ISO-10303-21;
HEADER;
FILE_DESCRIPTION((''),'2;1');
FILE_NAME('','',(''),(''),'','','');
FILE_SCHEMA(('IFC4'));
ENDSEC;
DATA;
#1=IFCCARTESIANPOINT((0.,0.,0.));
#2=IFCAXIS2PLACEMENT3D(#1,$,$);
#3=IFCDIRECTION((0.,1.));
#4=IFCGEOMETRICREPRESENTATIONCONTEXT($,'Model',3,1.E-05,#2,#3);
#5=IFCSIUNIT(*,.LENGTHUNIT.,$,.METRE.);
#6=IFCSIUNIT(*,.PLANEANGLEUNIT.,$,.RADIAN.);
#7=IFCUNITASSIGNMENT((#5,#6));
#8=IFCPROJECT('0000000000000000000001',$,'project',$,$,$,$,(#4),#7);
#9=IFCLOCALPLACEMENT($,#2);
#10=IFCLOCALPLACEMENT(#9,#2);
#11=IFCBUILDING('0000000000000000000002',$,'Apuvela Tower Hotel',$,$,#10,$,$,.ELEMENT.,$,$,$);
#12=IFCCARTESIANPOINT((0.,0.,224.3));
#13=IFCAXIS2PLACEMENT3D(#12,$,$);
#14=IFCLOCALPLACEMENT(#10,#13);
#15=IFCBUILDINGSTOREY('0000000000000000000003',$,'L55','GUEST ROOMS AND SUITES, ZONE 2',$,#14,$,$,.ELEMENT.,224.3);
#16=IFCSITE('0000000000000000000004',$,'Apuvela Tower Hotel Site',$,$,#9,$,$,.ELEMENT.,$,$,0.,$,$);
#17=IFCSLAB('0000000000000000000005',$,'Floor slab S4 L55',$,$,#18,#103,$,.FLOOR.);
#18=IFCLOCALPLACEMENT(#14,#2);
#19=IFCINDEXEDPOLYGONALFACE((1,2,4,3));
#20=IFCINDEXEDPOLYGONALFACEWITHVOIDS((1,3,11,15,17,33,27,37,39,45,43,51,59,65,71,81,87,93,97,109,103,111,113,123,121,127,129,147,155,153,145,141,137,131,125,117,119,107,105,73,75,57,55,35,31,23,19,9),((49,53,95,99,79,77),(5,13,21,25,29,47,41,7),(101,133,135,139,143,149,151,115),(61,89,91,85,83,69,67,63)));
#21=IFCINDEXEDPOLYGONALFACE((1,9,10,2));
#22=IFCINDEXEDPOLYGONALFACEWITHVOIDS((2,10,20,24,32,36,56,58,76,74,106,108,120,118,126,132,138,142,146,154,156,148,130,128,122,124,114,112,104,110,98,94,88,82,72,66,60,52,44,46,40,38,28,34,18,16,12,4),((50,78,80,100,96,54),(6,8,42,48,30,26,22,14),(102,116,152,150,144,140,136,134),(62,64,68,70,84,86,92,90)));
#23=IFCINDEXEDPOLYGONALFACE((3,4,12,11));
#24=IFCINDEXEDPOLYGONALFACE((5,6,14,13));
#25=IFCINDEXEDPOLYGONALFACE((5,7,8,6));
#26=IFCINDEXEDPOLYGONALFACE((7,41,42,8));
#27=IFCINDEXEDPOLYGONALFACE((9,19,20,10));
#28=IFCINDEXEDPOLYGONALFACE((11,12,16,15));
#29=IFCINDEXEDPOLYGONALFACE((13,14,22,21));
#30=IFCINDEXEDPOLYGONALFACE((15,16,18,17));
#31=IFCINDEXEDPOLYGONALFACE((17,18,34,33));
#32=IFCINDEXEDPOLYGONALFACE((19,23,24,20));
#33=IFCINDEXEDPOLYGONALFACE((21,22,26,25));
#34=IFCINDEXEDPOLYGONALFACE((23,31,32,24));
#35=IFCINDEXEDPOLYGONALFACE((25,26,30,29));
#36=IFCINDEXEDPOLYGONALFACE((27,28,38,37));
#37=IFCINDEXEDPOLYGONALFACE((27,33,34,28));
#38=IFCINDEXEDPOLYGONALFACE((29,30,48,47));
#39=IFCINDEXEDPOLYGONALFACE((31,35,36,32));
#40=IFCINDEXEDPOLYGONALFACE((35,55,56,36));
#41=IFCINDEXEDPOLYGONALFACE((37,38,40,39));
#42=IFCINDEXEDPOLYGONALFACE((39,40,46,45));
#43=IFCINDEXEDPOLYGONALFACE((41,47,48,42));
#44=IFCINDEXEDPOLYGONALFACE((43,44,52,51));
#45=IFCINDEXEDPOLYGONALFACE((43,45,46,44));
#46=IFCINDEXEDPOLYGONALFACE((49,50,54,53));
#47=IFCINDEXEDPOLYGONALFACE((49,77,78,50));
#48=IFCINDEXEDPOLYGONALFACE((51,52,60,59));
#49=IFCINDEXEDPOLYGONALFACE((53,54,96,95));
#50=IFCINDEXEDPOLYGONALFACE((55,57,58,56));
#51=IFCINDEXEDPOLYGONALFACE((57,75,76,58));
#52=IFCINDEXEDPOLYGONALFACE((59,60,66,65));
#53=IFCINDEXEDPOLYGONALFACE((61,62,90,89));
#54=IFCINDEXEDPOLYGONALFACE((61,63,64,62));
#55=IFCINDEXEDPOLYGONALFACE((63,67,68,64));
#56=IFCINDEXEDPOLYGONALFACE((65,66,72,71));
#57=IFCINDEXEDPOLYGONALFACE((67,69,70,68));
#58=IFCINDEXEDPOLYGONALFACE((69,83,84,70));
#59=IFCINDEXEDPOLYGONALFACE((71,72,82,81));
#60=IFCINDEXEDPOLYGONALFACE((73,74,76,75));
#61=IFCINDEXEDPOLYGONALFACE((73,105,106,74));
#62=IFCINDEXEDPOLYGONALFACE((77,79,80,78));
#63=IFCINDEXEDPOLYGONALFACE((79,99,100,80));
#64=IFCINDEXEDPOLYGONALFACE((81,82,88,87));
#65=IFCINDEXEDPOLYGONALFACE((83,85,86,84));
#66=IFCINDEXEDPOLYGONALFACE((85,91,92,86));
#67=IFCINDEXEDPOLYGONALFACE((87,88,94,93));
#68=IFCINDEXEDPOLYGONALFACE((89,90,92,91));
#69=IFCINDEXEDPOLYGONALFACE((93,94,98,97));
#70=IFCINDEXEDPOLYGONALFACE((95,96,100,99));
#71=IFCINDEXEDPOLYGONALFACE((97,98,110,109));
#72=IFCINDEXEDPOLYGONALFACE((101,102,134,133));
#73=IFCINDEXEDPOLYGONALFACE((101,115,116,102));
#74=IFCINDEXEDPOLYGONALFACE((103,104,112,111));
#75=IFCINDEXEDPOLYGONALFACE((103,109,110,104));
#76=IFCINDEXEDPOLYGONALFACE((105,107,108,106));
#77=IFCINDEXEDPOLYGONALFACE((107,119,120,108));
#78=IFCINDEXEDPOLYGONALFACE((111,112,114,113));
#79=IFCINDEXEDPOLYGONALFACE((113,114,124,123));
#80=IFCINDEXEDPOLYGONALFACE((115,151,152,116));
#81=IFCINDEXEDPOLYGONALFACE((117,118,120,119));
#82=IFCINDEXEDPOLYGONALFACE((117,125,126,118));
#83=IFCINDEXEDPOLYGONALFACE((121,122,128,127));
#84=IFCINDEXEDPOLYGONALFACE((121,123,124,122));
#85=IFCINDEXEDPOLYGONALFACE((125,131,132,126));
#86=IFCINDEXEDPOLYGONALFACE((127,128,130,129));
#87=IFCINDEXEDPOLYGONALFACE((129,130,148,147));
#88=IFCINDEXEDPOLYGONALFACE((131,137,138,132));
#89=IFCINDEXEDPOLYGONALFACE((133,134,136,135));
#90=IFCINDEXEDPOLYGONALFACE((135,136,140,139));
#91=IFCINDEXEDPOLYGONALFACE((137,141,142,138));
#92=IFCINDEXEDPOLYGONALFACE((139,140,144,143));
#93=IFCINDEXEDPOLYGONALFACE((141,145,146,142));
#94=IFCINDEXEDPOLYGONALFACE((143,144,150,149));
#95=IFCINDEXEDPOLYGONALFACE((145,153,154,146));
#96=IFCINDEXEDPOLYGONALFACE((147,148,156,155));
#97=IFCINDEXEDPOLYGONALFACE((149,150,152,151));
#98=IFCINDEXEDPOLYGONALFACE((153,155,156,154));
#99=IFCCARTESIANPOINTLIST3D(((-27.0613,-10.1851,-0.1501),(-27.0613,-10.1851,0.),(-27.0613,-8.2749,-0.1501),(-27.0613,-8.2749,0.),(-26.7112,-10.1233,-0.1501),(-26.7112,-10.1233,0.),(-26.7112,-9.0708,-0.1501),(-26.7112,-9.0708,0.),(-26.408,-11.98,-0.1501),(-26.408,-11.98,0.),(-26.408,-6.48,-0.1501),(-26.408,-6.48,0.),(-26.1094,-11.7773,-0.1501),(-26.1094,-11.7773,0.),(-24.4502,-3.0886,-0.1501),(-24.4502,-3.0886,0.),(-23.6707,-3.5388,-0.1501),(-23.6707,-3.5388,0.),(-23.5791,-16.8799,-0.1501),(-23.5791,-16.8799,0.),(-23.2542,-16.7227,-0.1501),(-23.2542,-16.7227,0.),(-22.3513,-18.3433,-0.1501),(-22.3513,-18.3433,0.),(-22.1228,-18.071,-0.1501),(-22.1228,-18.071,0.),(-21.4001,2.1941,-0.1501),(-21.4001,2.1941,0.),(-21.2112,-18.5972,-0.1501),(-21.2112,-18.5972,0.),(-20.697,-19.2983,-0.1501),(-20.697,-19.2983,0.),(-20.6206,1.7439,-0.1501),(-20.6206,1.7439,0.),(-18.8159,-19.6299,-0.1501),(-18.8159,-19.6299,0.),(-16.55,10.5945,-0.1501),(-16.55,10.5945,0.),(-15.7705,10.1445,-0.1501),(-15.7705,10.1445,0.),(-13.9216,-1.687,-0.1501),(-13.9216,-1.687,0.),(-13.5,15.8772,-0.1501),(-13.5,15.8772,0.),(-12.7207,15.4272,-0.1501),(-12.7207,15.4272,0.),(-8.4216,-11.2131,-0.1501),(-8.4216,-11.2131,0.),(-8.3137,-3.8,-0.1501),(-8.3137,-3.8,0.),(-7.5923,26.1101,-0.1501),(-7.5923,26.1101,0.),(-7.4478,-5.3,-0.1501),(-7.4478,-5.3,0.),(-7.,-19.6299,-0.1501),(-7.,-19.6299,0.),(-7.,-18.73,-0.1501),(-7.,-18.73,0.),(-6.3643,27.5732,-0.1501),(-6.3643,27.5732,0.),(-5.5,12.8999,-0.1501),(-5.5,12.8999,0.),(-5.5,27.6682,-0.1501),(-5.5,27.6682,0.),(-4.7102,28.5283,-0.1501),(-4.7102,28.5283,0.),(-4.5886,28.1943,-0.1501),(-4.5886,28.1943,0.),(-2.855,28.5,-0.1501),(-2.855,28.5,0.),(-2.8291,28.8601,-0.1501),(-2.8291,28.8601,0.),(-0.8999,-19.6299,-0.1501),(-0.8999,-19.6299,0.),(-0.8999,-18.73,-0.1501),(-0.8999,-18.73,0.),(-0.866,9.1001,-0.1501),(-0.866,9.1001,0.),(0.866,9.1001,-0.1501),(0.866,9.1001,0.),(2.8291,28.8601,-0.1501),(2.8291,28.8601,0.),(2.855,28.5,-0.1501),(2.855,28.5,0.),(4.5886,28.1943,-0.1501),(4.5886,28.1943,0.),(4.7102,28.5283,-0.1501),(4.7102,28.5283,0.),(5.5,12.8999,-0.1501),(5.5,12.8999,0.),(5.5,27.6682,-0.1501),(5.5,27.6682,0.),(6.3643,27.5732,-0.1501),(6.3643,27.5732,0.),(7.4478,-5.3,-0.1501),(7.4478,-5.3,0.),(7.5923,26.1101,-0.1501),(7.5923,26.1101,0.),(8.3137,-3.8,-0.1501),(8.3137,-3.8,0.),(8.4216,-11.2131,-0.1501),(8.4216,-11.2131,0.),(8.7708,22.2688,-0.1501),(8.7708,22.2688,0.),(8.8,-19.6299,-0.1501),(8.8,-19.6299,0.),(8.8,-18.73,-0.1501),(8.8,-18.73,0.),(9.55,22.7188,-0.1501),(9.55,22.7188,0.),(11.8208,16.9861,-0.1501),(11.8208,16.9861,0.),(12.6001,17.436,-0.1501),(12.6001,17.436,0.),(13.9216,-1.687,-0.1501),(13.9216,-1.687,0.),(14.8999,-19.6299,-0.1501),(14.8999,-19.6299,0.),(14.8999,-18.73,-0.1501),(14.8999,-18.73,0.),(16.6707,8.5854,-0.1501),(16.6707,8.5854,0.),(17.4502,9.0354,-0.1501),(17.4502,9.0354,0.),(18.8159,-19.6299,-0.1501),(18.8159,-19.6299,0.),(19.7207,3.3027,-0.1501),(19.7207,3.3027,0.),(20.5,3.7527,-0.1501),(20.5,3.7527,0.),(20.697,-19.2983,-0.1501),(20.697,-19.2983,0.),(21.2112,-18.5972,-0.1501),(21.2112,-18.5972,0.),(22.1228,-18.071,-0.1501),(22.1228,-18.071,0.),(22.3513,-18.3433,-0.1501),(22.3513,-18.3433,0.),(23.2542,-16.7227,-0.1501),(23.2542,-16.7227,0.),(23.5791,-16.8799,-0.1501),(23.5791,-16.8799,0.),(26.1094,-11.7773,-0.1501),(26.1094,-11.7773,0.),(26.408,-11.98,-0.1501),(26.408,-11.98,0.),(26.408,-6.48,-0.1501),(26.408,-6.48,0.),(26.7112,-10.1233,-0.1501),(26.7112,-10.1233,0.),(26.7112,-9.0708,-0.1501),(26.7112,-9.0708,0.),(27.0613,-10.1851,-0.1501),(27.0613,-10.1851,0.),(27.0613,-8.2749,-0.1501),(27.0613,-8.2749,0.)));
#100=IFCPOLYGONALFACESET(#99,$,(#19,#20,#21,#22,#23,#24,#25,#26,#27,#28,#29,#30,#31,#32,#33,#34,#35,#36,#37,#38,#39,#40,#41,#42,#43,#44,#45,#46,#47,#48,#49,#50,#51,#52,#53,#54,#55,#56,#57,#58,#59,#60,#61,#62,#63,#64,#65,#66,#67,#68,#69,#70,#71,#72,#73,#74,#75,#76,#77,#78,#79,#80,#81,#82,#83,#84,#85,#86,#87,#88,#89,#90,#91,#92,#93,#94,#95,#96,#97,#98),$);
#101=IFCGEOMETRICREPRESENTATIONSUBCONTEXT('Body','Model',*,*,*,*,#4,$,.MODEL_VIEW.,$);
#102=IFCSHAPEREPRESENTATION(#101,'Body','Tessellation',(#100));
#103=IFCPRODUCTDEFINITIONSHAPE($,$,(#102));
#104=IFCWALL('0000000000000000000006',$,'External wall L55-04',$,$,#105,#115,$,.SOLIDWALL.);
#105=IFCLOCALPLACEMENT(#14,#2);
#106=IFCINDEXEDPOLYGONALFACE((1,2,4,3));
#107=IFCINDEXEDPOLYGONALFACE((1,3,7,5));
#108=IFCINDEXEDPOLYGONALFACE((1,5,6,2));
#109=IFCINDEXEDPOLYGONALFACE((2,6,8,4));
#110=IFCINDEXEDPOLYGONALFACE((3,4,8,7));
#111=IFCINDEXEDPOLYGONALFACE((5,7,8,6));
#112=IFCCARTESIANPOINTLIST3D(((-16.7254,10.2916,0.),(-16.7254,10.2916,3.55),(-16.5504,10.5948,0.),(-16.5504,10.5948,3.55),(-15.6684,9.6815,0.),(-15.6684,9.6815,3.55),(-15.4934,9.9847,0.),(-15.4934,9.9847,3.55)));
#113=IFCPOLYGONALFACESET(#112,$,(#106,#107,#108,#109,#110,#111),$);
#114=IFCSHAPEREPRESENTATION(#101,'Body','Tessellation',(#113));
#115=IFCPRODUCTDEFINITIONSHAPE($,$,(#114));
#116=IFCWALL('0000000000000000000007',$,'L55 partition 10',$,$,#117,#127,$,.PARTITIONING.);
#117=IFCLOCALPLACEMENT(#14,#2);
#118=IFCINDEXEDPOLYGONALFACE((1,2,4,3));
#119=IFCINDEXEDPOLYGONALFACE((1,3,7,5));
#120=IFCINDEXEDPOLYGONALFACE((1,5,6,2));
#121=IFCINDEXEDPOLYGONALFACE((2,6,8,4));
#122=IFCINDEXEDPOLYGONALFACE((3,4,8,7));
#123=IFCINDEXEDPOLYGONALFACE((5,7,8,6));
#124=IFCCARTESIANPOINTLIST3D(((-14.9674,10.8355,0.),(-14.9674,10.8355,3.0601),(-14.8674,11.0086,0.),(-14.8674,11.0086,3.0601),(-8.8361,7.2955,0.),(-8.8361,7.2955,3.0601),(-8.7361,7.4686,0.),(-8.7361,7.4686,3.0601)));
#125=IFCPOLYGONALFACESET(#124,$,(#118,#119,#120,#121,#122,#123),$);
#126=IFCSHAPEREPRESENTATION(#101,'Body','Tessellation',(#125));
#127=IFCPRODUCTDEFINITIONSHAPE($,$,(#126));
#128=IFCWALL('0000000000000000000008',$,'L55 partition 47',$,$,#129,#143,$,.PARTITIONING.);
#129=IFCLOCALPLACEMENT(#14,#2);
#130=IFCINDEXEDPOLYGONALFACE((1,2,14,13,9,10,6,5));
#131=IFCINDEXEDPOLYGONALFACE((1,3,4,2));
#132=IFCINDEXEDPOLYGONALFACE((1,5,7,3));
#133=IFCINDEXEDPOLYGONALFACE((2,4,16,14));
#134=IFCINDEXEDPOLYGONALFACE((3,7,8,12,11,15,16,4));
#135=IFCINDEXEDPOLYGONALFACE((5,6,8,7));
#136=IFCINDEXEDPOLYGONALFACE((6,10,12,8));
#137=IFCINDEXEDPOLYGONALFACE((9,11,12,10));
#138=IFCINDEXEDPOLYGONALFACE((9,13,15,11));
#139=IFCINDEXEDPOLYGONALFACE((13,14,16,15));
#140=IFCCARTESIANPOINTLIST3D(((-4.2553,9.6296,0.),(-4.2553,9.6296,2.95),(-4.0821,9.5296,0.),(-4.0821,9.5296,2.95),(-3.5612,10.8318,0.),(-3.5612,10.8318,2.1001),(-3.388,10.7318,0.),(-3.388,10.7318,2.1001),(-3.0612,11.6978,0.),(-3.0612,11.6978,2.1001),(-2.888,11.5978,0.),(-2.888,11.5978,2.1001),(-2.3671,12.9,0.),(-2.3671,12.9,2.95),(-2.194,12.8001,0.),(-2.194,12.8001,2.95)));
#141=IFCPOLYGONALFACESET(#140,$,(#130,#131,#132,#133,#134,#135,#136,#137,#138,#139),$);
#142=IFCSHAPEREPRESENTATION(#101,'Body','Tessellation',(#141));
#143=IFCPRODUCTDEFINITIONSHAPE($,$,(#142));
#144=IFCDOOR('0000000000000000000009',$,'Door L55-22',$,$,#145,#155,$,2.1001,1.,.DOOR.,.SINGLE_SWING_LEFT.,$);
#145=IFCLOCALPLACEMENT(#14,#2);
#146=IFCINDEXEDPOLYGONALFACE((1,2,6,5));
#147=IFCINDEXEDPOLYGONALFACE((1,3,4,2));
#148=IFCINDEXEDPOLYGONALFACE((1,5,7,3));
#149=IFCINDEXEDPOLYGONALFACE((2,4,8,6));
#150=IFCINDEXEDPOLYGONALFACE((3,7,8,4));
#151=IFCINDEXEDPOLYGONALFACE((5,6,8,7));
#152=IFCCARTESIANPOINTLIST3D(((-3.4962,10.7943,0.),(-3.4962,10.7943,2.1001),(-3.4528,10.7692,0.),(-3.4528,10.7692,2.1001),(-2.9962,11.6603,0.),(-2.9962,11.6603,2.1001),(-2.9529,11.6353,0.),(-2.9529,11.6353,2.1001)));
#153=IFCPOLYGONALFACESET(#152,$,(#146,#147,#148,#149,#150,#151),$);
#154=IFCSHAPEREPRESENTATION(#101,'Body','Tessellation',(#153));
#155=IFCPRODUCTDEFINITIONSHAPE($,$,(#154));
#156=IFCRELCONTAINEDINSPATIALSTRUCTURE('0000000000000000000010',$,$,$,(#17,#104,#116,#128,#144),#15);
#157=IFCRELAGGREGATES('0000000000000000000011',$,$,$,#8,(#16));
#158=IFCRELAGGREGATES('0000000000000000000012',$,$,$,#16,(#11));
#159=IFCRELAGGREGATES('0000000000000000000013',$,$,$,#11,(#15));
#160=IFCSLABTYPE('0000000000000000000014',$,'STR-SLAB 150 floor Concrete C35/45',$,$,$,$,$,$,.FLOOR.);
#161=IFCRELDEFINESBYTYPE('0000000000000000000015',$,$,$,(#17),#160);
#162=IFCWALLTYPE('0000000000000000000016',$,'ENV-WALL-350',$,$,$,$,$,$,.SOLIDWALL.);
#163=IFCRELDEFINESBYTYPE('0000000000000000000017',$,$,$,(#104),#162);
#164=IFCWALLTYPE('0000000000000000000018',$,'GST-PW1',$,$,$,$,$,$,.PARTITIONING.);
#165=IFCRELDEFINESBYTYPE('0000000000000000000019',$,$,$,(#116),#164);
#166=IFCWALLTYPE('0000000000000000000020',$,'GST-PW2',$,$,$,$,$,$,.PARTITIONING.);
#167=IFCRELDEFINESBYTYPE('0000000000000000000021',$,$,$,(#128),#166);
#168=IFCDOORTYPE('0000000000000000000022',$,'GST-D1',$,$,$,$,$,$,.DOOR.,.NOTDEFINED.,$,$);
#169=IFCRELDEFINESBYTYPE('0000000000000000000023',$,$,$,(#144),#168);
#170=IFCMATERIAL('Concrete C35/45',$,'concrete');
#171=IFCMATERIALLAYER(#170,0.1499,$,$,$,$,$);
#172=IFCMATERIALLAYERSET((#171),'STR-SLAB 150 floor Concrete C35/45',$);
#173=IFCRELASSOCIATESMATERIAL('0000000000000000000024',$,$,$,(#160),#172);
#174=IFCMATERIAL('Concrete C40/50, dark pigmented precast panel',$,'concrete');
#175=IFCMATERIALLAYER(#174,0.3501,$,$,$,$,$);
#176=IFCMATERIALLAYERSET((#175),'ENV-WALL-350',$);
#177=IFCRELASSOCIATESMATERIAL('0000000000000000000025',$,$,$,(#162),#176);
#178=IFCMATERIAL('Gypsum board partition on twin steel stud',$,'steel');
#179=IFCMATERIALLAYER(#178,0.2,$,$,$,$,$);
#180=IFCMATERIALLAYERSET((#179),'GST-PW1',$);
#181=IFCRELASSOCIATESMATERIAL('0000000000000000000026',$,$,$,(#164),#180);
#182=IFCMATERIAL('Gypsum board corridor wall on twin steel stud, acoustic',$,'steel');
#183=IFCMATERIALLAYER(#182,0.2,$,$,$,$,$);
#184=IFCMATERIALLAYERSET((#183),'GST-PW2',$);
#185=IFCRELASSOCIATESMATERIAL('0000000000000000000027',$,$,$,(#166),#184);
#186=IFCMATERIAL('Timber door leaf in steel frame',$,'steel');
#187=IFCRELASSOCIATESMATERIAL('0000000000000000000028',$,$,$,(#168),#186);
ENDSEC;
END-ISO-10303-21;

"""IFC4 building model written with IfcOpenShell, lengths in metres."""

from ifc_helpers import new_model, si_unit, direction, frame, frame_2d, origin, place, context, subcontext, project, spatial, polyline, rectangle, outline, extrude, material, layer, layer_set, type_object, element, fill, save


model = new_model("IFC4")

# Units and contexts
model_context = context("Model", 3, precision=1e-05, world=origin(), true_north=direction((0.0, 1.0)))
body_context = subcontext(model_context, "Body", "Model", "MODEL_VIEW")
ifc_project = project(units=[si_unit("LENGTHUNIT", "METRE"), si_unit("PLANEANGLEUNIT", "RADIAN")], contexts=[model_context])

# Site, building, storey
site_placement = place(None, origin())
site = spatial("IfcSite", under=ifc_project, at=site_placement, Name="Apuvela Tower Hotel Site", CompositionType="ELEMENT", RefElevation=0.0)
building_placement = place(site_placement, origin())
building = spatial("IfcBuilding", under=site, at=building_placement, Name="Apuvela Tower Hotel", CompositionType="ELEMENT")
storey_placement = place(building_placement, frame((0.0, 0.0, 224.3)))
storey = spatial("IfcBuildingStorey", under=building, at=storey_placement, Name="L55", Description="GUEST ROOMS AND SUITES, ZONE 2", CompositionType="ELEMENT", Elevation=224.3)

# Slab
ifc_material_1 = material(Name="Concrete C35/45", Category="concrete")
ifc_layer_1 = layer(ifc_material_1, 0.1499)
ifc_layer_set_1 = layer_set([ifc_layer_1], Name="STR-SLAB 150 floor Concrete C35/45")
slab_type_1 = type_object("IfcSlabType", Name="STR-SLAB 150 floor Concrete C35/45", PredefinedType="FLOOR", material=ifc_layer_set_1)
slab_1_placement = place(storey_placement, frame((0.0, 0.0, -0.1501)))
element("IfcSlab", 1, at=slab_1_placement, inside=storey, type_object=slab_type_1, Name="Floor slab S4 L55", PredefinedType="FLOOR", context=body_context, shape_type="SweptSolid", body=[
    extrude(outline(polyline([(-6.3643, 27.5732), (-4.7102, 28.5283), (-2.8291, 28.8601), (2.8291, 28.8601), (4.7102, 28.5283), (6.3643, 27.5732), (7.5923, 26.1101), (9.55, 22.7188), (8.7708, 22.2688), (11.8208, 16.9861), (12.6001, 17.436), (17.4502, 9.0354), (16.6707, 8.5854), (19.7207, 3.3027), (20.5, 3.7527), (26.408, -6.48), (27.0613, -8.2749), (27.0613, -10.1851), (26.408, -11.98), (23.5791, -16.8799), (22.3513, -18.3433), (20.697, -19.2983), (18.8159, -19.6299), (14.8999, -19.6299), (14.8999, -18.73), (8.8, -18.73), (8.8, -19.6299), (-0.8999, -19.6299), (-0.8999, -18.73), (-7.0, -18.73), (-7.0, -19.6299), (-18.8159, -19.6299), (-20.697, -19.2983), (-22.3513, -18.3433), (-23.5791, -16.8799), (-26.408, -11.98), (-27.0613, -10.1851), (-27.0613, -8.2749), (-26.408, -6.48), (-24.4502, -3.0886), (-23.6707, -3.5388), (-20.6206, 1.7439), (-21.4001, 2.1941), (-16.55, 10.5945), (-15.7705, 10.1445), (-12.7207, 15.4272), (-13.5, 15.8772), (-7.5923, 26.1101), (-6.3643, 27.5732)]), holes=[polyline([(0.866, 9.1001), (-0.866, 9.1001), (-8.3137, -3.8), (-7.4478, -5.3), (7.4478, -5.3), (8.3137, -3.8), (0.866, 9.1001)]), polyline([(-5.5, 12.8999), (-5.5, 27.6682), (-4.5886, 28.1943), (-2.855, 28.5), (2.855, 28.5), (4.5886, 28.1943), (5.5, 27.6682), (5.5, 12.8999), (-5.5, 12.8999)]), polyline([(-8.4216, -11.2131), (-21.2112, -18.5972), (-22.1228, -18.071), (-23.2542, -16.7227), (-26.1094, -11.7773), (-26.7112, -10.1233), (-26.7112, -9.0708), (-13.9216, -1.687), (-8.4216, -11.2131)]), polyline([(13.9216, -1.687), (26.7112, -9.0708), (26.7112, -10.1233), (26.1094, -11.7773), (23.2542, -16.7227), (22.1228, -18.071), (21.2112, -18.5972), (8.4216, -11.2131), (13.9216, -1.687)])]), origin(), (0.0, 0.0, 1.0), 0.1501),
])

# Walls
ifc_material_2 = material(Name="Concrete C40/50, dark pigmented precast panel", Category="concrete")
ifc_layer_2 = layer(ifc_material_2, 0.3501)
ifc_layer_set_2 = layer_set([ifc_layer_2], Name="ENV-WALL-350")
wall_type_1 = type_object("IfcWallType", Name="ENV-WALL-350", PredefinedType="SOLIDWALL", material=ifc_layer_set_2)
wall_1_placement = place(storey_placement, frame((-15.5808, 9.833, 0.0), z_axis=(0.0, 0.0, 1.0), x_axis=(-0.866056, 0.499948, 0.0)))
element("IfcWall", 2, at=wall_1_placement, inside=storey, type_object=wall_type_1, Name="External wall L55-04", PredefinedType="SOLIDWALL", context=body_context, shape_type="SweptSolid", body=[
    extrude(rectangle(XDim=1.2205, YDim=0.3501, at=frame_2d((0.6104, 0.0))), origin(), (0.0, 0.0, 1.0), 3.55),
])
ifc_material_3 = material(Name="Gypsum board partition on twin steel stud", Category="steel")
ifc_layer_3 = layer(ifc_material_3, 0.2)
ifc_layer_set_3 = layer_set([ifc_layer_3], Name="GST-PW1")
wall_type_2 = type_object("IfcWallType", Name="GST-PW1", PredefinedType="PARTITIONING", material=ifc_layer_set_3)
wall_2_placement = place(storey_placement, frame((-14.9175, 10.9221, 0.0), z_axis=(0.0, 0.0, 1.0), x_axis=(0.866019, -0.500011, 0.0)))
element("IfcWall", 3, at=wall_2_placement, inside=storey, type_object=wall_type_2, Name="L55 partition 10", PredefinedType="PARTITIONING", context=body_context, shape_type="SweptSolid", body=[
    extrude(rectangle(XDim=7.0798, YDim=0.2, at=frame_2d((3.54, 0.0))), origin(), (0.0, 0.0, 1.0), 3.0601),
])

# Wall, opening, door
ifc_material_4 = material(Name="Gypsum board corridor wall on twin steel stud, acoustic", Category="steel")
ifc_layer_4 = layer(ifc_material_4, 0.2)
ifc_layer_set_4 = layer_set([ifc_layer_4], Name="GST-PW2")
wall_type_3 = type_object("IfcWallType", Name="GST-PW2", PredefinedType="PARTITIONING", material=ifc_layer_set_4)
wall_3_placement = place(storey_placement, frame((-4.1687, 9.5796, 0.0), z_axis=(0.0, 0.0, 1.0), x_axis=(0.499991, 0.866031, 0.0)))
wall_3 = element("IfcWall", 4, at=wall_3_placement, inside=storey, type_object=wall_type_3, Name="L55 partition 47", PredefinedType="PARTITIONING", context=body_context, shape_type="SweptSolid", body=[
    extrude(rectangle(XDim=3.7764, YDim=0.2, at=frame_2d((1.8882, 0.0))), origin(), (0.0, 0.0, 1.0), 2.95),
])
opening_1_placement = place(wall_3_placement, frame((1.3882, 0.0, 0.0)))
opening_1 = element("IfcOpeningElement", 5, at=opening_1_placement, cuts=wall_3, PredefinedType="OPENING", context=body_context, shape_type="SweptSolid", body=[
    extrude(rectangle(XDim=1.0, YDim=2.1001, at=frame_2d((0.5, 1.05))), frame((0.0, 0.1099, 0.0), z_axis=(0.0, -1.0, 0.0), x_axis=(1.0, 0.0, 0.0)), (0.0, 0.0, 1.0), 0.22),
])
ifc_material_5 = material(Name="Timber door leaf in steel frame", Category="steel")
door_type_1 = type_object("IfcDoorType", Name="GST-D1", OperationType="NOTDEFINED", PredefinedType="DOOR", material=ifc_material_5)
door_1_placement = place(opening_1_placement, origin())
door_1 = element("IfcDoor", 6, at=door_1_placement, inside=storey, type_object=door_type_1, Name="Door L55-22", OperationType="SINGLE_SWING_LEFT", OverallHeight=2.1001, OverallWidth=1.0, PredefinedType="DOOR", context=body_context, shape_type="SweptSolid", body=[
    extrude(rectangle(XDim=1.0, YDim=2.1001, at=frame_2d((0.5, 1.05))), frame((0.0, 0.0249, 0.0), z_axis=(0.0, -1.0, 0.0), x_axis=(1.0, 0.0, 0.0)), (0.0, 0.0, 1.0), 0.05),
])
fill(opening_1, door_1)

save(model, "model.ifc")
